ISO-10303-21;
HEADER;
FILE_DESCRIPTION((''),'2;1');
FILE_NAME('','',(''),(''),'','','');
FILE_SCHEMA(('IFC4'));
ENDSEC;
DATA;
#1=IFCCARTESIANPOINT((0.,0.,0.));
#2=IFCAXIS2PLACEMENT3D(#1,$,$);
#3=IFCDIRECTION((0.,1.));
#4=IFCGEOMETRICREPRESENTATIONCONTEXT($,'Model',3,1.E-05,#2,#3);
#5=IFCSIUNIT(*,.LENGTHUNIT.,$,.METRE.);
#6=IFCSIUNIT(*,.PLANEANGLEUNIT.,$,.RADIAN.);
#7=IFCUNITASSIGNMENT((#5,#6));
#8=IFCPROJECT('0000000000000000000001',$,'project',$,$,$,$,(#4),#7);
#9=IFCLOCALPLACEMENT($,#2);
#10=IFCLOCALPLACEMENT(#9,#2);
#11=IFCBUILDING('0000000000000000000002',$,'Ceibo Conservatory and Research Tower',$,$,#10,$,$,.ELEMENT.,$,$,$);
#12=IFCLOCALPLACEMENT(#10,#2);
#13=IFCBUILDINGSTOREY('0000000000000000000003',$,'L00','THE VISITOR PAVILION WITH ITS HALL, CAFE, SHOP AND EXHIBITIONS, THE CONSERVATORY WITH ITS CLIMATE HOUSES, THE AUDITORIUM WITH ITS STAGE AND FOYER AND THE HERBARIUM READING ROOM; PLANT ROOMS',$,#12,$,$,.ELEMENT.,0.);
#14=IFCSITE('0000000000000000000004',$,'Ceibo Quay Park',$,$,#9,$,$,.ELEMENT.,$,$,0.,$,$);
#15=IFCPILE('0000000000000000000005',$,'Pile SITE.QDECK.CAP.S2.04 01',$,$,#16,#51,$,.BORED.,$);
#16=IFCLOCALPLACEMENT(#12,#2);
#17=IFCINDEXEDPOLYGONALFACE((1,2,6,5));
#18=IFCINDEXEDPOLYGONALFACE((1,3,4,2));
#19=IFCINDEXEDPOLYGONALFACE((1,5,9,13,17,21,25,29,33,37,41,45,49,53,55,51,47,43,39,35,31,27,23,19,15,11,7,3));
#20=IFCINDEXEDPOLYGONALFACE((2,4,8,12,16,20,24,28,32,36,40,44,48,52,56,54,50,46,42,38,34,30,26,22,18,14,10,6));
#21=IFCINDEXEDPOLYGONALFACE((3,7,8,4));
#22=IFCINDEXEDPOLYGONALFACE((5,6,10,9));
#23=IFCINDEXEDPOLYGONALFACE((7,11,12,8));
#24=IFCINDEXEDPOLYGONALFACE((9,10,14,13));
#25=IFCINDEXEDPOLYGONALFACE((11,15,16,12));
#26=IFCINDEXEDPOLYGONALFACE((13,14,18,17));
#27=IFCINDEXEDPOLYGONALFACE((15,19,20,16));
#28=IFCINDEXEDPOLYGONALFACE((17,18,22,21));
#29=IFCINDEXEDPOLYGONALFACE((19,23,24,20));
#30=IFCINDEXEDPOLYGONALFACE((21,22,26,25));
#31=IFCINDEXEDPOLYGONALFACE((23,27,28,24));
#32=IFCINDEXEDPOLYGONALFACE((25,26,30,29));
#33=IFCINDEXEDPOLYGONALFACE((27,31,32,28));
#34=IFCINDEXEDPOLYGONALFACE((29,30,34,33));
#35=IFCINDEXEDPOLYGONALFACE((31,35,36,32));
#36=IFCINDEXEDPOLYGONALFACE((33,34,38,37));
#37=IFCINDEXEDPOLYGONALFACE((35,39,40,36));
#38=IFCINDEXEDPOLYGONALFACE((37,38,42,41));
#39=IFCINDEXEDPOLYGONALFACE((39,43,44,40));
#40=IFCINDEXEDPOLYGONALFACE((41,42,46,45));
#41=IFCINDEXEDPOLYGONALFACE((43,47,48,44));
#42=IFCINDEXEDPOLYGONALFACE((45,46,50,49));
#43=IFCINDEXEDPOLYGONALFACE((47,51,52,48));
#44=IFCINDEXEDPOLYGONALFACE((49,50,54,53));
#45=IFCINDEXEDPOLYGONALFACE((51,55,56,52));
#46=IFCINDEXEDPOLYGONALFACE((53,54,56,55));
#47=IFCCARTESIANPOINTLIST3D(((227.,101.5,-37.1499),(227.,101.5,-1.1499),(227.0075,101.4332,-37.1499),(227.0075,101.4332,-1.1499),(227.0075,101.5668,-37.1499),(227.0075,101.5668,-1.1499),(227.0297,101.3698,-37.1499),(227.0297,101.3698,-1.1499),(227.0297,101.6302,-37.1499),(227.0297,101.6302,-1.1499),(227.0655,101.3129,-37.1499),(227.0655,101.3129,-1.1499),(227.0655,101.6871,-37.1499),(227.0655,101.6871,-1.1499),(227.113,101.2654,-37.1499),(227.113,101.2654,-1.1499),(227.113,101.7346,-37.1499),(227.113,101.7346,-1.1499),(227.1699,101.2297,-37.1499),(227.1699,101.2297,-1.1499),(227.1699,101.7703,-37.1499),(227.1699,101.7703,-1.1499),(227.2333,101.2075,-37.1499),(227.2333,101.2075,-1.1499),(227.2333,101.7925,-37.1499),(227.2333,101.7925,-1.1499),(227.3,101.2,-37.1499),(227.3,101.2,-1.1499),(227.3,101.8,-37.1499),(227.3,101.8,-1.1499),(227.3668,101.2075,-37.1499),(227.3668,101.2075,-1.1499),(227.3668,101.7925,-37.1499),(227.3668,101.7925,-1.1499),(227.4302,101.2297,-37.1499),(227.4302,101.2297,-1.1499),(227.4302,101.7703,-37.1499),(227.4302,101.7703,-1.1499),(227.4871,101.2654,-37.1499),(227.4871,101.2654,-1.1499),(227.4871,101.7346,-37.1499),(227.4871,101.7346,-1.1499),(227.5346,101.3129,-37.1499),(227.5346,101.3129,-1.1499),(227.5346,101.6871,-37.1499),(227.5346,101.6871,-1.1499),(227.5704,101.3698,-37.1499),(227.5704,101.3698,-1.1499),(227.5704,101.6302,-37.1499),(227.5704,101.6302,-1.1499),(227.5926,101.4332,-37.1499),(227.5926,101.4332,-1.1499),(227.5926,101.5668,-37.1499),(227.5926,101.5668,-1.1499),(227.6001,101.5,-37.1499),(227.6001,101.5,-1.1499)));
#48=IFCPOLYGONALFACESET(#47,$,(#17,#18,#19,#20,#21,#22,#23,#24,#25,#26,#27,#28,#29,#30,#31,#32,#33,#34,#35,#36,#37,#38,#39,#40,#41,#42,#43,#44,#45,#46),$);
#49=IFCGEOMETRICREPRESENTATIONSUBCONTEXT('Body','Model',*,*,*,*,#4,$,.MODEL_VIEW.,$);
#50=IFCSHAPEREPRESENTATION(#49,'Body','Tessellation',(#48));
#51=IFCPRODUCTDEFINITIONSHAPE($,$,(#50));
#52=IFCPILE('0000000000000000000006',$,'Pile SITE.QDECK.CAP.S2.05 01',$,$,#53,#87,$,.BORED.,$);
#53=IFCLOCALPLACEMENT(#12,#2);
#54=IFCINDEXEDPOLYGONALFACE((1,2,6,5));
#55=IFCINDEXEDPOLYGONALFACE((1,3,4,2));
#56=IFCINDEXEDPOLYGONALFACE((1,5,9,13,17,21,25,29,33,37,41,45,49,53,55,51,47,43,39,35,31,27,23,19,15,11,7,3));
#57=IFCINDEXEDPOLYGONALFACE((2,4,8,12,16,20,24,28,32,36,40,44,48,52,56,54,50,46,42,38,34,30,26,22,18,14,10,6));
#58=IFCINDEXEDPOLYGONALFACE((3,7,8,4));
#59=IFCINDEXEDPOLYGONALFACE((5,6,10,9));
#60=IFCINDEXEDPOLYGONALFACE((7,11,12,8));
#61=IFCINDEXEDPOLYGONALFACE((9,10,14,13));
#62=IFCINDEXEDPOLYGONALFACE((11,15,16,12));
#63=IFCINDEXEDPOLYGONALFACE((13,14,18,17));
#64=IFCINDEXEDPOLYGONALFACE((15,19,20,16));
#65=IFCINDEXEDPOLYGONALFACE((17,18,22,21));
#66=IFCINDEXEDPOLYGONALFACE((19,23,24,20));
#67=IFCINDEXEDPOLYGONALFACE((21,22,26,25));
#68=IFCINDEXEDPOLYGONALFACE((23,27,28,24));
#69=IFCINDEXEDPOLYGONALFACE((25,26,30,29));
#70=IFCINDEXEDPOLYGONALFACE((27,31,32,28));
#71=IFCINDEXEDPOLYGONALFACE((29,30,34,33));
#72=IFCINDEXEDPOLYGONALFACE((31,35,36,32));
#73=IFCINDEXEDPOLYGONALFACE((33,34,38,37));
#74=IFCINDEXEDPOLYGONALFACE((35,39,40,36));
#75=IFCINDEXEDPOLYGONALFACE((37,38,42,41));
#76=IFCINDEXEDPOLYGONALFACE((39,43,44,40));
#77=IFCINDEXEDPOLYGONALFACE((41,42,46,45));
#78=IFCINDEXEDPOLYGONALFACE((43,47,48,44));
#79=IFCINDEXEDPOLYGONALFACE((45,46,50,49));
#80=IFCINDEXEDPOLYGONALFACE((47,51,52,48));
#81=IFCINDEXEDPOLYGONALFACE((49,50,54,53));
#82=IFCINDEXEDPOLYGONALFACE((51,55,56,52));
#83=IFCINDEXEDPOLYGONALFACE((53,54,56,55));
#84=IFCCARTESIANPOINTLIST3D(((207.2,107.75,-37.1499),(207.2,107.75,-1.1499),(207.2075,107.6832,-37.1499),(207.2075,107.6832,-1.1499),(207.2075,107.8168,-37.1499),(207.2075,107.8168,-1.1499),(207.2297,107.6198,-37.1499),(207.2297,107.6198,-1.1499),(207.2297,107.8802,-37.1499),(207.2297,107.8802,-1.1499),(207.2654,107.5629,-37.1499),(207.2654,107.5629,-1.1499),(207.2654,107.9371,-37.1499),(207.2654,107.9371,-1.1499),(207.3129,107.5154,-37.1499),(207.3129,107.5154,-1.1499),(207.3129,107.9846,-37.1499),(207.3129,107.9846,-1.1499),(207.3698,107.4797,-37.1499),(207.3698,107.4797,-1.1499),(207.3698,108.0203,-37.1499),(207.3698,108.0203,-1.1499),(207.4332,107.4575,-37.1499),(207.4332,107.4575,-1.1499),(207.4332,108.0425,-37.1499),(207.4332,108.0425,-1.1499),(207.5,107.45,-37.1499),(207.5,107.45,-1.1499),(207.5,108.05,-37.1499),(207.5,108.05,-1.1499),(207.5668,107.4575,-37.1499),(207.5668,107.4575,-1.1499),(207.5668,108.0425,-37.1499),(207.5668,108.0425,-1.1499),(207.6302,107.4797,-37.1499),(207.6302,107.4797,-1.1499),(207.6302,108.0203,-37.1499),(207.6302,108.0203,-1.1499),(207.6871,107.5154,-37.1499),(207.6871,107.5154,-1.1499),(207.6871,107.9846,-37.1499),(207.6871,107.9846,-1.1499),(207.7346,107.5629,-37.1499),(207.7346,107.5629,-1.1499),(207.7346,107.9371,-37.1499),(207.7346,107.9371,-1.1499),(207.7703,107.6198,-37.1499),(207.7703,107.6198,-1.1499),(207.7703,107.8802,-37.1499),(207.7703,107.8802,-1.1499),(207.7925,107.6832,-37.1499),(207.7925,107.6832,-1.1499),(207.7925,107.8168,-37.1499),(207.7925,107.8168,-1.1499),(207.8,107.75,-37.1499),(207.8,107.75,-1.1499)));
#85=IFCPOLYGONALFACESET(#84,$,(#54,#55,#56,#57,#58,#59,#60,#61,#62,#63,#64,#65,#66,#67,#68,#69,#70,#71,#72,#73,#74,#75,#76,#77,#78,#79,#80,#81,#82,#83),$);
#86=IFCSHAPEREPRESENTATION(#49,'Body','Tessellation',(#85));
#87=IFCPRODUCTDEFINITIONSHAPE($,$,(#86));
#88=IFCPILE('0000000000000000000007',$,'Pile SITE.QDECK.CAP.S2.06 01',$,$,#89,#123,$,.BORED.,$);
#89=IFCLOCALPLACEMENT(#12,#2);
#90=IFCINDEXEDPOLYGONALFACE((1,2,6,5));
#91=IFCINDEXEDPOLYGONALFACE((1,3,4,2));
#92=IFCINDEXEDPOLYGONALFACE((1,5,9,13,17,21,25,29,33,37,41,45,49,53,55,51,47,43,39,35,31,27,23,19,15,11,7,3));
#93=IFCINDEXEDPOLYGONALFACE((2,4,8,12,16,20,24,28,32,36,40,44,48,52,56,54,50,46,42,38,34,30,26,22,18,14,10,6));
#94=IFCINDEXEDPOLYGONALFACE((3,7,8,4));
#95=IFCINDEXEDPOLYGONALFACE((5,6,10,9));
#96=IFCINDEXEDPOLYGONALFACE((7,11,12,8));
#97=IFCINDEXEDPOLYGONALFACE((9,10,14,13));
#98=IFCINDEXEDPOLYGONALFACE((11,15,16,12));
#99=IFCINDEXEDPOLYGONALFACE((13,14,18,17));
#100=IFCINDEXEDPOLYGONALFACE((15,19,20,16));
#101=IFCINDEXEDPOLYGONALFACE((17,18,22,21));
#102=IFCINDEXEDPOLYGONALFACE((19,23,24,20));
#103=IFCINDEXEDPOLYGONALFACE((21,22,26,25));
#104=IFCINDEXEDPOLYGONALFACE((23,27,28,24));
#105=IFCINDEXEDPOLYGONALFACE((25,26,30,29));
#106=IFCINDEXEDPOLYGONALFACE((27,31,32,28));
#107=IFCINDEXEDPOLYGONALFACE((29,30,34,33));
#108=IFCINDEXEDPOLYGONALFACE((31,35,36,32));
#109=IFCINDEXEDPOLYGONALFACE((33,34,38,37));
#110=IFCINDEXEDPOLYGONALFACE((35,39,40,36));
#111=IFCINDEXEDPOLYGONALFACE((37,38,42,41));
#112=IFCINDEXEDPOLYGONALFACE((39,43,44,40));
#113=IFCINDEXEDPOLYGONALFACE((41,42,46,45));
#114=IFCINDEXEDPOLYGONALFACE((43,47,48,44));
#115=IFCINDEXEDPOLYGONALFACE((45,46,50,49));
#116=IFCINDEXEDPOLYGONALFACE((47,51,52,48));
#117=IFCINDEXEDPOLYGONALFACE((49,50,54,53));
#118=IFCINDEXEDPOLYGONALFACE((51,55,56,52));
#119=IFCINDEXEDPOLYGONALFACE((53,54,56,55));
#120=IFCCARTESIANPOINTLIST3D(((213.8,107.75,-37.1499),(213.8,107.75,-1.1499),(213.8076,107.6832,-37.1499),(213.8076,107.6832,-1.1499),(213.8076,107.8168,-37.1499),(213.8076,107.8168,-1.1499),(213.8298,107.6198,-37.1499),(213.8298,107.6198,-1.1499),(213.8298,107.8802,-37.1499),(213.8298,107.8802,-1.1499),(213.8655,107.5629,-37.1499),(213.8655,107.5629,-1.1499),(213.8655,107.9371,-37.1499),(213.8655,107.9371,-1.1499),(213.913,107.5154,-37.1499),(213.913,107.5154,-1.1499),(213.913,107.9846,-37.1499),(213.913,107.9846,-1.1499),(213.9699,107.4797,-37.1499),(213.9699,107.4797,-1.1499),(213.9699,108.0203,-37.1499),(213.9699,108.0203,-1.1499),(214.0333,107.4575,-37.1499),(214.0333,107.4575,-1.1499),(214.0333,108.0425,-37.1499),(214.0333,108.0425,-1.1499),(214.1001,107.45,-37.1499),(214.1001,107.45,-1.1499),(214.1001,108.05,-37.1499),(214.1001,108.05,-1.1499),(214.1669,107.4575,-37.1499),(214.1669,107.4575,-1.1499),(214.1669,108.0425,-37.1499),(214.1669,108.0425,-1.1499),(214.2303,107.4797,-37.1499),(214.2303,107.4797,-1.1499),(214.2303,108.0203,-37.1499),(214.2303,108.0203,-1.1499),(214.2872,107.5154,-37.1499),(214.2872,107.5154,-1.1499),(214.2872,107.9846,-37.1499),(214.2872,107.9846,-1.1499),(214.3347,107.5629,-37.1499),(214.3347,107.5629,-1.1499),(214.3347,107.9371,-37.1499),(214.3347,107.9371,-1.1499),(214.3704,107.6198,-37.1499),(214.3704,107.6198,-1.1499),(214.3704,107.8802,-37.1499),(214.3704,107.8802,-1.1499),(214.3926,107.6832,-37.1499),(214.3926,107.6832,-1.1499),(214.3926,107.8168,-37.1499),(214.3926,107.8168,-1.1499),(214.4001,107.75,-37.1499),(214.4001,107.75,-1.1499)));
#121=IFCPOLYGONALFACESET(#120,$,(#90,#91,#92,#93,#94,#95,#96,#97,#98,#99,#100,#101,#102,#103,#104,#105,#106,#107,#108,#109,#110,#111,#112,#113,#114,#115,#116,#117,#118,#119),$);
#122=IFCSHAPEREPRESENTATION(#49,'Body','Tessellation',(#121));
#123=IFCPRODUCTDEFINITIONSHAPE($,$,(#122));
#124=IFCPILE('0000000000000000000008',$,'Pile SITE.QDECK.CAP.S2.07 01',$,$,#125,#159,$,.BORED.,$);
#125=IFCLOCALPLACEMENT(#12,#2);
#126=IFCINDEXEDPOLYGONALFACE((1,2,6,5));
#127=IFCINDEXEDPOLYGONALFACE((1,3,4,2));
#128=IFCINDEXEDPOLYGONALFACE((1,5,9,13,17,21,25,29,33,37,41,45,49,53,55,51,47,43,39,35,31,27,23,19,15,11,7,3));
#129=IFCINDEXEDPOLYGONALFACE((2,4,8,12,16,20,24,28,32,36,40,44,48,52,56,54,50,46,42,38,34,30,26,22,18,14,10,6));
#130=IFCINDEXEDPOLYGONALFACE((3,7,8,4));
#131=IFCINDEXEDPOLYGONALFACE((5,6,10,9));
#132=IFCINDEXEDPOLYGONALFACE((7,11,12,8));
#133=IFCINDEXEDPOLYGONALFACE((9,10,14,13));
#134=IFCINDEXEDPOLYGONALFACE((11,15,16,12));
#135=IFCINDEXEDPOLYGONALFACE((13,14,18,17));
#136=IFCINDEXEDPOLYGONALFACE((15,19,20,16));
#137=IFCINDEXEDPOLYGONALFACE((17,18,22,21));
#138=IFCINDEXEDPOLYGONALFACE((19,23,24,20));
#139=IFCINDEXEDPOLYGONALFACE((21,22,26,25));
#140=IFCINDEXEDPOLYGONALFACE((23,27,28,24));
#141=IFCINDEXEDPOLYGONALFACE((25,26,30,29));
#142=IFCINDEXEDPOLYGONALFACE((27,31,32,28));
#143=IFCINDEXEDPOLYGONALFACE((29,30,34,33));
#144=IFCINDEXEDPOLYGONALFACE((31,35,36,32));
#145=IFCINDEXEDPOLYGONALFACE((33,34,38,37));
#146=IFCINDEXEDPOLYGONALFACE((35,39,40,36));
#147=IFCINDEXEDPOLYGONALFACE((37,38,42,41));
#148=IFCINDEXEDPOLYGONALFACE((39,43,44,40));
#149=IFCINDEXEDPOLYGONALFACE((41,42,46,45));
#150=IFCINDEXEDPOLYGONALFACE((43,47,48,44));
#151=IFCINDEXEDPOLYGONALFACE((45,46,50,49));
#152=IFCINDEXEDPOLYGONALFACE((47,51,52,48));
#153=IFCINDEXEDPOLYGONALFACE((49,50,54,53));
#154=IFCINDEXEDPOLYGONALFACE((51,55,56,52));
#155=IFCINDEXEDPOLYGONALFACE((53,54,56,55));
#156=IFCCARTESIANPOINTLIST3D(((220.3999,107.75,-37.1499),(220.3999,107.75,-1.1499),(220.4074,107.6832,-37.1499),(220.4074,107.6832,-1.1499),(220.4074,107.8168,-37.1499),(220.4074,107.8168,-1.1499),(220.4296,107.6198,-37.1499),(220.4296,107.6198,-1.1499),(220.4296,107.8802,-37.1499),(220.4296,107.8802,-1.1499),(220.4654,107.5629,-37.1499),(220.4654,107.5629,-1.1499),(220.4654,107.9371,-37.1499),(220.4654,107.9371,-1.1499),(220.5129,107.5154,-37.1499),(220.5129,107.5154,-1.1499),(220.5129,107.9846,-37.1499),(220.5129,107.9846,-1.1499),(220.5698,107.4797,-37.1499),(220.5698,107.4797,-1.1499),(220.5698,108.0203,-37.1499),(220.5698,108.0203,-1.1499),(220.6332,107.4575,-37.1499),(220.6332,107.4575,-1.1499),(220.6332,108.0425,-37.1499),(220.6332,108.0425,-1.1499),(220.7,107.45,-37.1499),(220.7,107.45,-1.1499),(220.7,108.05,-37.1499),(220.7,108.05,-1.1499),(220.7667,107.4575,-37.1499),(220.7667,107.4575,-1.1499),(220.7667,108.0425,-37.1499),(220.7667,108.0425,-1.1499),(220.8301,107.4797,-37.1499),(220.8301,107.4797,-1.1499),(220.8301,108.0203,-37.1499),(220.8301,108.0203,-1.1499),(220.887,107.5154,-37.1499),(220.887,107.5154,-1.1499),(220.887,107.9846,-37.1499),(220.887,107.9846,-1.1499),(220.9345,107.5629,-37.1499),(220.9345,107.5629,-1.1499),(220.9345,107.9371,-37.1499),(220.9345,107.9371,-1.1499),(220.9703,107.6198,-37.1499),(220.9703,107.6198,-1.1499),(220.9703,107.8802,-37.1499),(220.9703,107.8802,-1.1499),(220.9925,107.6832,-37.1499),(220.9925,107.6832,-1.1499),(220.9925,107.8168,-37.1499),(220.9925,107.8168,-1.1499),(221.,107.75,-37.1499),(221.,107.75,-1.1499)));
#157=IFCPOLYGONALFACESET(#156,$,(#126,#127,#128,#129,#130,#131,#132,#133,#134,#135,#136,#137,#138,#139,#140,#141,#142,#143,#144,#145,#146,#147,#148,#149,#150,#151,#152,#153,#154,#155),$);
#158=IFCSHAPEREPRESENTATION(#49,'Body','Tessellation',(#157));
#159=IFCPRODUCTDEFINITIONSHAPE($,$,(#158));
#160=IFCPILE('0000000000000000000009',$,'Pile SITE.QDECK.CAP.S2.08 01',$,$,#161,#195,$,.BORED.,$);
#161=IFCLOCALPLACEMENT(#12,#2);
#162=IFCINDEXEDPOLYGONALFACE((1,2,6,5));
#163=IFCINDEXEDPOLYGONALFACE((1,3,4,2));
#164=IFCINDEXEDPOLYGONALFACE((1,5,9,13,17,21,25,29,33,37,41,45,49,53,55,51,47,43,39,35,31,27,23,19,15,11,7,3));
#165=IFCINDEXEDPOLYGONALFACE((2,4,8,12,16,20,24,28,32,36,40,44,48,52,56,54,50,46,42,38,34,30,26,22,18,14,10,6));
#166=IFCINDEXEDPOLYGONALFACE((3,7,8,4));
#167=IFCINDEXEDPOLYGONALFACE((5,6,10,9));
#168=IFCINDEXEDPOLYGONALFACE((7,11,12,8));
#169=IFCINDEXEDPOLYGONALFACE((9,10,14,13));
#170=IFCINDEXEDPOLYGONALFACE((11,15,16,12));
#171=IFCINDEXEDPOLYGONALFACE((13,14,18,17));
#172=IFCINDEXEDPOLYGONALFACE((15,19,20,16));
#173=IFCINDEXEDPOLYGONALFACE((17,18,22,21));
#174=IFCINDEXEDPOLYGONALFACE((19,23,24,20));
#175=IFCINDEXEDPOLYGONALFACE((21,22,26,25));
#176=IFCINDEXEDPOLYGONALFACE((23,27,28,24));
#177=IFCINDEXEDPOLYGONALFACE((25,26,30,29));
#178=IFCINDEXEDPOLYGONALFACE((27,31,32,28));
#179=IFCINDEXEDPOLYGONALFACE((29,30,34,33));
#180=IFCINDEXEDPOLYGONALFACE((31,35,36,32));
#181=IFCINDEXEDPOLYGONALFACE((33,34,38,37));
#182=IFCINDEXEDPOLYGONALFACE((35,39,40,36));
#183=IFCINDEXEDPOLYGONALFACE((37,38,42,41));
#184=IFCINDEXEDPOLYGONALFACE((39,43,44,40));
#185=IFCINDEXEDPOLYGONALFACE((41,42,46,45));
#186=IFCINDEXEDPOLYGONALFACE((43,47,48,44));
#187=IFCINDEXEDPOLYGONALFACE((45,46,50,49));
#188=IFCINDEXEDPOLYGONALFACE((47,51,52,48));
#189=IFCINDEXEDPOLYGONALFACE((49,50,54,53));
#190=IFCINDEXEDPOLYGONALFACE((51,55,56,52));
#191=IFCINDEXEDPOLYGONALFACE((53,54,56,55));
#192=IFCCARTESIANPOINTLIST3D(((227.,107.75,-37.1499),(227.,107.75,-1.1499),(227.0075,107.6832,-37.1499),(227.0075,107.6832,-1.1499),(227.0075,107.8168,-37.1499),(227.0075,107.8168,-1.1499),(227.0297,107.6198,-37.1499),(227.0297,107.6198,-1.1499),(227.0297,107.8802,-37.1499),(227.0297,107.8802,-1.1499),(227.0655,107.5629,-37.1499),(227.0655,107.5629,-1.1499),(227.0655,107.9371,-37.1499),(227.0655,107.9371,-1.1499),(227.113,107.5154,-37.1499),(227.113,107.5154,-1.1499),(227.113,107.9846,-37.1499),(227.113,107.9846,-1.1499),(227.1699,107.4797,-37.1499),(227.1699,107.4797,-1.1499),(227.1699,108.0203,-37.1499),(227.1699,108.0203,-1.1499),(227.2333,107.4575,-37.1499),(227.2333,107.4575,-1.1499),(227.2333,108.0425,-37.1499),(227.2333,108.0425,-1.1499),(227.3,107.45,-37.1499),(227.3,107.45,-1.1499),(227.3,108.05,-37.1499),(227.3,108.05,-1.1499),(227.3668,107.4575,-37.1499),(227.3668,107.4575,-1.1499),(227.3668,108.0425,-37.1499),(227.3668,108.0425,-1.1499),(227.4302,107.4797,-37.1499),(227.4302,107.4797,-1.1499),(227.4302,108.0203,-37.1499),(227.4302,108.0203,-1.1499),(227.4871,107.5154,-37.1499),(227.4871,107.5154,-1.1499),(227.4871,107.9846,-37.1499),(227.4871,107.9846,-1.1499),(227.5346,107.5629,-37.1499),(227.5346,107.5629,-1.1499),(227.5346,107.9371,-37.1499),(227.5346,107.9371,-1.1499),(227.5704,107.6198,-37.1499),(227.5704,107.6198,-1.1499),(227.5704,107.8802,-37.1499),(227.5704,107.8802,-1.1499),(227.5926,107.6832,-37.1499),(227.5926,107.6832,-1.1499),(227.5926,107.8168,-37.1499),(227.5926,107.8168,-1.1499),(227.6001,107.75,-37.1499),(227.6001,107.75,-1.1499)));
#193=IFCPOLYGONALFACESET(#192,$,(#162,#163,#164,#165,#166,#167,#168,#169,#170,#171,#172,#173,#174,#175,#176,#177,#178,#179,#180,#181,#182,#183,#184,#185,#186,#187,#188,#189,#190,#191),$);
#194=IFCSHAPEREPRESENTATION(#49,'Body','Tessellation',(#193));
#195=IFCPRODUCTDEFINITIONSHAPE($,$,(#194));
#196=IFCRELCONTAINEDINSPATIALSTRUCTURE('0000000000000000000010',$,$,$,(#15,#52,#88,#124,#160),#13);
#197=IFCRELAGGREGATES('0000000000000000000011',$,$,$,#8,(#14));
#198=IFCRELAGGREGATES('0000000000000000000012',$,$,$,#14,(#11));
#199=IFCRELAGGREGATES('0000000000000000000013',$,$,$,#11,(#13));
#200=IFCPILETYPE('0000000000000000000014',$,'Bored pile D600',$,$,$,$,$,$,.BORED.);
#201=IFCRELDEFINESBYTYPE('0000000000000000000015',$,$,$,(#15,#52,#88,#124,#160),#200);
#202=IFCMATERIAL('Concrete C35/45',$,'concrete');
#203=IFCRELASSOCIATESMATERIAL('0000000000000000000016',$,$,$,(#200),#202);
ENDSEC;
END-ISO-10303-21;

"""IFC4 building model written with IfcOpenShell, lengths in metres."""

from ifc_helpers import new_model, si_unit, direction, frame, origin, origin_2d, place, context, subcontext, project, spatial, circle, extrude, material, material_profile, profile_set, type_object, element, save


model = new_model("IFC4")

# Units and contexts
model_context = context("Model", 3, precision=1e-05, world=origin(), true_north=direction((0.0, 1.0)))
body_context = subcontext(model_context, "Body", "Model", "MODEL_VIEW")
ifc_project = project(units=[si_unit("LENGTHUNIT", "METRE"), si_unit("PLANEANGLEUNIT", "RADIAN")], contexts=[model_context])

# Site, building, storey
site_placement = place(None, origin())
site = spatial("IfcSite", under=ifc_project, at=site_placement, Name="Ceibo Quay Park", CompositionType="ELEMENT", RefElevation=0.0)
building_placement = place(site_placement, origin())
building = spatial("IfcBuilding", under=site, at=building_placement, Name="Ceibo Conservatory and Research Tower", CompositionType="ELEMENT")
storey_placement = place(building_placement, origin())
storey = spatial("IfcBuildingStorey", under=building, at=storey_placement, Name="L00", Description="THE VISITOR PAVILION WITH ITS HALL, CAFE, SHOP AND EXHIBITIONS, THE CONSERVATORY WITH ITS CLIMATE HOUSES, THE AUDITORIUM WITH ITS STAGE AND FOYER AND THE HERBARIUM READING ROOM; PLANT ROOMS", CompositionType="ELEMENT", Elevation=0.0)

# Piles
ifc_material_1 = material(Name="Concrete C35/45", Category="concrete")
ifc_material_profile_1 = material_profile(ifc_material_1, circle(Radius=0.3, at=origin_2d()), Name="RC D600")
ifc_profile_set_1 = profile_set([ifc_material_profile_1], Name="Concrete C35/45")
pile_type = type_object("IfcPileType", Name="Bored pile D600", PredefinedType="BORED", material=ifc_profile_set_1)
for number, where, z_axis, x_axis, name in (
    (1, (227.3, 101.5, -1.1499), (0.0, 0.0, -1.0), (1.0, 0.0, 0.0), "Pile SITE.QDECK.CAP.S2.04 01"),
    (2, (207.5, 107.75, -1.1499), (0.0, 0.0, -1.0), (1.0, 0.0, 0.0), "Pile SITE.QDECK.CAP.S2.05 01"),
    (3, (214.1001, 107.75, -1.1499), (0.0, 0.0, -1.0), (1.0, 0.0, 0.0), "Pile SITE.QDECK.CAP.S2.06 01"),
    (4, (220.7, 107.75, -1.1499), (0.0, 0.0, -1.0), (1.0, 0.0, 0.0), "Pile SITE.QDECK.CAP.S2.07 01"),
    (5, (227.3, 107.75, -1.1499), (0.0, 0.0, -1.0), (1.0, 0.0, 0.0), "Pile SITE.QDECK.CAP.S2.08 01"),
):
    element("IfcPile", number, at=place(storey_placement, frame(where, z_axis=z_axis, x_axis=x_axis)), inside=storey, type_object=pile_type, Name=name, PredefinedType="BORED", context=body_context, shape_type="SweptSolid", body=[
        extrude(circle(Radius=0.3, at=origin_2d()), origin(), (0.0, 0.0, 1.0), 36.0),
    ])

save(model, "model.ifc")
